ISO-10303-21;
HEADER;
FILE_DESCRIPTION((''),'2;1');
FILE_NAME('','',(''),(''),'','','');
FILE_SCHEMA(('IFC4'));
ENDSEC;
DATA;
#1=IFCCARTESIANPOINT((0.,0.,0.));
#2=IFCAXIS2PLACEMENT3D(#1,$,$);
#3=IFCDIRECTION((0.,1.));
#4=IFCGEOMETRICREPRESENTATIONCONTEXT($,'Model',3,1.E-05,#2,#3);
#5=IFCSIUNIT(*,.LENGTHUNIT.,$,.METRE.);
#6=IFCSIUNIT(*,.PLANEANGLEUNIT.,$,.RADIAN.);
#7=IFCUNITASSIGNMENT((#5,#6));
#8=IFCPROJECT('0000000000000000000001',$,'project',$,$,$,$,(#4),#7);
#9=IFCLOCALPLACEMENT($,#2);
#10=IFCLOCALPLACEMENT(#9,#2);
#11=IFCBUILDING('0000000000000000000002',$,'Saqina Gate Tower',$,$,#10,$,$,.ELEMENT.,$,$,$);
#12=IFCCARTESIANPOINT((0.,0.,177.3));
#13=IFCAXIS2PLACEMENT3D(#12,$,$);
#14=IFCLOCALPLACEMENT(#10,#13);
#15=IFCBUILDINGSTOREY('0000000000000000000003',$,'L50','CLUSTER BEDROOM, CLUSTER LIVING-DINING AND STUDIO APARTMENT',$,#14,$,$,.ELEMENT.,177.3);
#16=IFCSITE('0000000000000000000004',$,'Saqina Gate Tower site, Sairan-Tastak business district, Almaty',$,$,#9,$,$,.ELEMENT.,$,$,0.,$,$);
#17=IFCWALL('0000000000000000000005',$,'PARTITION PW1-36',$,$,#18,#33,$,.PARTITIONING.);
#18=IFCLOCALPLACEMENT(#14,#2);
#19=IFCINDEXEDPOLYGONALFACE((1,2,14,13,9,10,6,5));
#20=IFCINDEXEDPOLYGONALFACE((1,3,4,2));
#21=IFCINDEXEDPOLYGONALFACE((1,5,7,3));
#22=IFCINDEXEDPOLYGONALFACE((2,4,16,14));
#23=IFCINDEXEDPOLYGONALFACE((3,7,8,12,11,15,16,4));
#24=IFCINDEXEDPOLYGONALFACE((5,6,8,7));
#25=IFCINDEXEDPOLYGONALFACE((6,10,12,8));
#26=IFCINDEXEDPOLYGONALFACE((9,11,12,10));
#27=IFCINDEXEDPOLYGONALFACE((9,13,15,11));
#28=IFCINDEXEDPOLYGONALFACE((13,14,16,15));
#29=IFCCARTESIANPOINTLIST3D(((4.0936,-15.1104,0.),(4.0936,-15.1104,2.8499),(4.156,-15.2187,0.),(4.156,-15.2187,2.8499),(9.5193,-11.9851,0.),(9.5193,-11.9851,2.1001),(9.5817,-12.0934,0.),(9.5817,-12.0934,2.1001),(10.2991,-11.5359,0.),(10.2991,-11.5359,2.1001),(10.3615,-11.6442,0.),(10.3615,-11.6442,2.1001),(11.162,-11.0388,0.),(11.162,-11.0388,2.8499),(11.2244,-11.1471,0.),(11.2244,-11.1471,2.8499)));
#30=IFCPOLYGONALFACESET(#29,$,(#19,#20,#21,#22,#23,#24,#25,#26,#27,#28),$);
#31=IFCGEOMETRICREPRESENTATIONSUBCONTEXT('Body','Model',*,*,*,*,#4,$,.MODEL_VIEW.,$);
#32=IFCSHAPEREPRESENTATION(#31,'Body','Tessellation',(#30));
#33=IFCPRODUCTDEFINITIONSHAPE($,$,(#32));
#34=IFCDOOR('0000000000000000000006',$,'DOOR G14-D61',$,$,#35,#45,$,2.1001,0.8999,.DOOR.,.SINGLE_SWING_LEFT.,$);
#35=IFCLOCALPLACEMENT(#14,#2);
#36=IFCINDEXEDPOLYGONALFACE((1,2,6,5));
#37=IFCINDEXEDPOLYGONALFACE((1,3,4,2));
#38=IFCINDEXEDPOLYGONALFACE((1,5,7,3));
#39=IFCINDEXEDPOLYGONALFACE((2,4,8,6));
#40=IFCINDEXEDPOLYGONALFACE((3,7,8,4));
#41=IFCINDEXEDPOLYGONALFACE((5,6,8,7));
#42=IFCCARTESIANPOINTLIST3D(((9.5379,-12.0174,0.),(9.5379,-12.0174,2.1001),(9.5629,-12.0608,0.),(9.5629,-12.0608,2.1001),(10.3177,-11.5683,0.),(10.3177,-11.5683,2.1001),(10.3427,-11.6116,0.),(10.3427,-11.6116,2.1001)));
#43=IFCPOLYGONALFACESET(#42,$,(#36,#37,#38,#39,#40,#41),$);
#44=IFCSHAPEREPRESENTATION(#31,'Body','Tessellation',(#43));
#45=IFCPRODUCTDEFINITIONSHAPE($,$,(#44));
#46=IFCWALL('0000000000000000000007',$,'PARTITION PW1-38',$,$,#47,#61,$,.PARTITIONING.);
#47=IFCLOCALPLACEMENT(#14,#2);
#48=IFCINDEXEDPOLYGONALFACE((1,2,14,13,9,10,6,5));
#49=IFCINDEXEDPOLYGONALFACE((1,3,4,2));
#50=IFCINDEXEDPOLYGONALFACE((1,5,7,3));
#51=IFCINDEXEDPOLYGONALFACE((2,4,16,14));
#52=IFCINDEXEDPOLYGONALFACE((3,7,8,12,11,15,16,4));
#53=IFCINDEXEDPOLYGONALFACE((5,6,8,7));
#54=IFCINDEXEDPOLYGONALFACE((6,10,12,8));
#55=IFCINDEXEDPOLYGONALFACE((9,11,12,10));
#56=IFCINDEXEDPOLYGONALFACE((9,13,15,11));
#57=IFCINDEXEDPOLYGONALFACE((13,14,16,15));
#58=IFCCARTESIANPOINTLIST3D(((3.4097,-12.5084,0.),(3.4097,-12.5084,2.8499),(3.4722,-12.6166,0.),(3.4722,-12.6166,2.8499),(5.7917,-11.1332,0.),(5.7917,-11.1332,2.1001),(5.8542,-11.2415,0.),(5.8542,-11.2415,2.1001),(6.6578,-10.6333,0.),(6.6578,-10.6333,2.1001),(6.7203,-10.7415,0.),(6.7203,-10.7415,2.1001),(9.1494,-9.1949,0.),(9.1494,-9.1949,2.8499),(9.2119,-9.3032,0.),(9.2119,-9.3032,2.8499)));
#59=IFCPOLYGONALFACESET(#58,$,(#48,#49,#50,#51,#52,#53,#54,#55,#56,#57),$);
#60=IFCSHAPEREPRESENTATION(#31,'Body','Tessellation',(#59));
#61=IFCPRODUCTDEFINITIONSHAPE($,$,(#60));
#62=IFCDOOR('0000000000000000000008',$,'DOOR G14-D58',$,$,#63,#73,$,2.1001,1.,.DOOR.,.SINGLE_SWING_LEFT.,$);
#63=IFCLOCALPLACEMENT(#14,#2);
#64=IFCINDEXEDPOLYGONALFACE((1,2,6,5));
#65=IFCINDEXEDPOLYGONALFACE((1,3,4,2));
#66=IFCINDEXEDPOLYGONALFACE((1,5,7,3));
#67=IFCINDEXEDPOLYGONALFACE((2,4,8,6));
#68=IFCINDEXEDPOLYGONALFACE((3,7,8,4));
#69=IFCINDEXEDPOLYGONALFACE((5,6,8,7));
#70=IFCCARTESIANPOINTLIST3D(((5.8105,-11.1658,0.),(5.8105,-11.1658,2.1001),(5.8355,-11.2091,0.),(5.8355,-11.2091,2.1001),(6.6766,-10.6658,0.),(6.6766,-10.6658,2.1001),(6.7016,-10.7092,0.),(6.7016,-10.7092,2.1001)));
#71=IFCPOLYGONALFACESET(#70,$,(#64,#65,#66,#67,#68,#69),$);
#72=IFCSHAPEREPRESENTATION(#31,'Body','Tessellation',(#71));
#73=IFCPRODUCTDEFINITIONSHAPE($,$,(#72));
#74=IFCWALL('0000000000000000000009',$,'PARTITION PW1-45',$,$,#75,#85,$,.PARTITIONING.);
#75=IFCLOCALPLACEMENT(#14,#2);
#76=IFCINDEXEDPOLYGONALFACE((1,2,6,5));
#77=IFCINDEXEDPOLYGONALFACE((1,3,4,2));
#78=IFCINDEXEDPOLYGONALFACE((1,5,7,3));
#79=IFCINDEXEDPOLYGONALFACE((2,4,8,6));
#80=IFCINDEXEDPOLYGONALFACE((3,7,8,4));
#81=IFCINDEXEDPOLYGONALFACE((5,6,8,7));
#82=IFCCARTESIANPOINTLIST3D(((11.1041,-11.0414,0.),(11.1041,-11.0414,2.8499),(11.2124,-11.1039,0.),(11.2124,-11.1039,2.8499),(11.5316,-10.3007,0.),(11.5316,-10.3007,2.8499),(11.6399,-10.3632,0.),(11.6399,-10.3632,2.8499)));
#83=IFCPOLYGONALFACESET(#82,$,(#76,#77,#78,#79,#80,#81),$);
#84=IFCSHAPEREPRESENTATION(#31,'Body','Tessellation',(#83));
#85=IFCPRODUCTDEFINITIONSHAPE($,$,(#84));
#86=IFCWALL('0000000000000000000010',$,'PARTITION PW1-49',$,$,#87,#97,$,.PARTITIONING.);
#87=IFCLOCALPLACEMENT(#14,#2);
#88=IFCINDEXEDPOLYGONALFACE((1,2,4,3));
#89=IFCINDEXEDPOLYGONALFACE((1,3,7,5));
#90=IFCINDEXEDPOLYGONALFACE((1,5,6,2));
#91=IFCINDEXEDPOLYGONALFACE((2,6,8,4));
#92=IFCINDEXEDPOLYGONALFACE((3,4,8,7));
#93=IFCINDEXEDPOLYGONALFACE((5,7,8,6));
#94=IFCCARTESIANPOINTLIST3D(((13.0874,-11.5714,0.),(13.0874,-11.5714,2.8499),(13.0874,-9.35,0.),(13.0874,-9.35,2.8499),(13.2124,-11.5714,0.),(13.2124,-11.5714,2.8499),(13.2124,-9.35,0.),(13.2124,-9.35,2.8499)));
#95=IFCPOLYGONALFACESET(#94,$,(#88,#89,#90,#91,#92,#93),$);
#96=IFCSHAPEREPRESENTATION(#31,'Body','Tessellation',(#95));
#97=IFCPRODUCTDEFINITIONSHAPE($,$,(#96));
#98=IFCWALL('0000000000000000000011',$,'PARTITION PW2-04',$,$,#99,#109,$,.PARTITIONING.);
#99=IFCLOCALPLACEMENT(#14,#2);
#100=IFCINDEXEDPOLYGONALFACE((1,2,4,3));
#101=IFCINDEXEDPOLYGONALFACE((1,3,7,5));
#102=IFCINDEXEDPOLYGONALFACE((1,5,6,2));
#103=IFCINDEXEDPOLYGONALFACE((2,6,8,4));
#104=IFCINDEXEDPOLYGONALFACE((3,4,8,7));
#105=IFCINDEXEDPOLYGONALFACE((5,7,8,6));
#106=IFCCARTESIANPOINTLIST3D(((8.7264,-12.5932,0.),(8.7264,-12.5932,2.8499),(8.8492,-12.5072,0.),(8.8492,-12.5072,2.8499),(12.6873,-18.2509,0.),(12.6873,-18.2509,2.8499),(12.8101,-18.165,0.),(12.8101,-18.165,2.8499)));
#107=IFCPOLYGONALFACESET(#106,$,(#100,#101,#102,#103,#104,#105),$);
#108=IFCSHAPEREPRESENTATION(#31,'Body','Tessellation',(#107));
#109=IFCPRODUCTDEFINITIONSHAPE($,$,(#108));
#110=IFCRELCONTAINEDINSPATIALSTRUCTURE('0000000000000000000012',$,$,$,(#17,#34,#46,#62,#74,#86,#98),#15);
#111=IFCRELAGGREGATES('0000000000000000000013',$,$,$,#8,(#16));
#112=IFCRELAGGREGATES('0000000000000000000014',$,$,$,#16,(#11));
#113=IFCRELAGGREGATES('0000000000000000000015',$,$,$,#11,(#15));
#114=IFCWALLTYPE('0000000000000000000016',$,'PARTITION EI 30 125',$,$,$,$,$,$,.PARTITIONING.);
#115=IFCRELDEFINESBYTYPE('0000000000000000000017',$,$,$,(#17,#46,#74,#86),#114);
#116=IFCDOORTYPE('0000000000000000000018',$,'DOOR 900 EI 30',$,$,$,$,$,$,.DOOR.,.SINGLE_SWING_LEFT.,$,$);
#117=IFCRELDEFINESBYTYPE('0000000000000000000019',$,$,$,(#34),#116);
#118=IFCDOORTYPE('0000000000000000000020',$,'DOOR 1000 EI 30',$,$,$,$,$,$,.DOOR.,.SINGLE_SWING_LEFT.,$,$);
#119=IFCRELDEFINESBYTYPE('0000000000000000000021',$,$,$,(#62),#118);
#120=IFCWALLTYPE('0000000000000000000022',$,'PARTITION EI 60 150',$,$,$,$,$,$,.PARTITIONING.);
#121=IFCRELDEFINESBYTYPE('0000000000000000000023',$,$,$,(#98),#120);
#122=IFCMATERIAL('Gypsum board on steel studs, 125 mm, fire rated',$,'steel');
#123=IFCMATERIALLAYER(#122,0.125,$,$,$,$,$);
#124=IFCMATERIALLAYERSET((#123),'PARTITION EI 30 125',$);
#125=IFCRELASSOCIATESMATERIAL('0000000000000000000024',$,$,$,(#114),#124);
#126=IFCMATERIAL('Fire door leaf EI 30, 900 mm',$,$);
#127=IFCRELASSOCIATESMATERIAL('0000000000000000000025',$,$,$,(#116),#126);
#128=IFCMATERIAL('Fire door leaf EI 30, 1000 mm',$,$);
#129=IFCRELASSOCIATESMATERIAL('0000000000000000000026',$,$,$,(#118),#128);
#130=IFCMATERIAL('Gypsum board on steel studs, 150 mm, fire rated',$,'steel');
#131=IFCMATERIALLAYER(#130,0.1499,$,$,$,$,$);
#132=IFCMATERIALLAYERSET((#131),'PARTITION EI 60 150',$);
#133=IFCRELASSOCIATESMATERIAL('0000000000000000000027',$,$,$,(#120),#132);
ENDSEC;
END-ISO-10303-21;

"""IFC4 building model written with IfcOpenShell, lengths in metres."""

from ifc_helpers import new_model, si_unit, direction, frame, frame_2d, origin, place, context, subcontext, project, spatial, rectangle, extrude, material, layer, layer_set, type_object, element, fill, save


model = new_model("IFC4")

# Units and contexts
model_context = context("Model", 3, precision=1e-05, world=origin(), true_north=direction((0.0, 1.0)))
body_context = subcontext(model_context, "Body", "Model", "MODEL_VIEW")
ifc_project = project(units=[si_unit("LENGTHUNIT", "METRE"), si_unit("PLANEANGLEUNIT", "RADIAN")], contexts=[model_context])

# Site, building, storey
site_placement = place(None, origin())
site = spatial("IfcSite", under=ifc_project, at=site_placement, Name="Saqina Gate Tower site, Sairan-Tastak business district, Almaty", CompositionType="ELEMENT", RefElevation=0.0)
building_placement = place(site_placement, origin())
building = spatial("IfcBuilding", under=site, at=building_placement, Name="Saqina Gate Tower", CompositionType="ELEMENT")
storey_placement = place(building_placement, frame((0.0, 0.0, 177.3)))
storey = spatial("IfcBuildingStorey", under=building, at=storey_placement, Name="L50", Description="CLUSTER BEDROOM, CLUSTER LIVING-DINING AND STUDIO APARTMENT", CompositionType="ELEMENT", Elevation=177.3)

# Shared definitions
ifc_material_1 = material(Name="Gypsum board on steel studs, 125 mm, fire rated", Category="steel")
ifc_layer_1 = layer(ifc_material_1, 0.125)
ifc_layer_set_1 = layer_set([ifc_layer_1], Name="PARTITION EI 30 125")
wall_type_1 = type_object("IfcWallType", Name="PARTITION EI 30 125", PredefinedType="PARTITIONING", material=ifc_layer_set_1)

# Walls, openings, doors
wall_1_placement = place(storey_placement, frame((4.1248, -15.1646, 0.0), z_axis=(0.0, 0.0, 1.0), x_axis=(0.866523, 0.499137, 0.0)))
wall_1 = element("IfcWall", 1, at=wall_1_placement, inside=storey, type_object=wall_type_1, Name="PARTITION PW1-36", PredefinedType="PARTITIONING", context=body_context, shape_type="SweptSolid", body=[
    extrude(rectangle(XDim=8.1572, YDim=0.125, at=frame_2d((4.0786, 0.0))), origin(), (0.0, 0.0, 1.0), 2.8499),
])
opening_1_placement = place(wall_1_placement, frame((6.2615, 0.0, 0.0)))
opening_1 = element("IfcOpeningElement", 2, at=opening_1_placement, cuts=wall_1, PredefinedType="OPENING", context=body_context, shape_type="SweptSolid", body=[
    extrude(rectangle(XDim=0.8999, YDim=2.1001, at=frame_2d((0.45, 1.05))), frame((0.0, 0.0745, 0.0), z_axis=(0.0, -1.0, 0.0), x_axis=(1.0, 0.0, 0.0)), (0.0, 0.0, 1.0), 0.1489),
])
ifc_material_2 = material(Name="Fire door leaf EI 30, 900 mm")
door_type_1 = type_object("IfcDoorType", Name="DOOR 900 EI 30", OperationType="SINGLE_SWING_LEFT", PredefinedType="DOOR", material=ifc_material_2)
door_1_placement = place(opening_1_placement, frame((0.8999, 0.0, 0.0), z_axis=(0.0, 0.0, 1.0), x_axis=(-1.0, 0.0, 0.0)))
door_1 = element("IfcDoor", 3, at=door_1_placement, inside=storey, type_object=door_type_1, Name="DOOR G14-D61", OperationType="SINGLE_SWING_LEFT", OverallHeight=2.1001, OverallWidth=0.8999, PredefinedType="DOOR", context=body_context, shape_type="SweptSolid", body=[
    extrude(rectangle(XDim=0.8999, YDim=2.1001, at=frame_2d((0.45, 1.05))), frame((0.0, 0.0249, 0.0), z_axis=(0.0, -1.0, 0.0), x_axis=(1.0, 0.0, 0.0)), (0.0, 0.0, 1.0), 0.05),
])
fill(opening_1, door_1)
wall_2_placement = place(storey_placement, frame((3.4409, -12.5625, 0.0), z_axis=(0.0, 0.0, 1.0), x_axis=(0.866049, 0.499958, 0.0)))
wall_2 = element("IfcWall", 4, at=wall_2_placement, inside=storey, type_object=wall_type_1, Name="PARTITION PW1-38", PredefinedType="PARTITIONING", context=body_context, shape_type="SweptSolid", body=[
    extrude(rectangle(XDim=6.6274, YDim=0.125, at=frame_2d((3.3137, 0.0))), origin(), (0.0, 0.0, 1.0), 2.8499),
])
opening_2_placement = place(wall_2_placement, frame((2.7505, 0.0, 0.0)))
opening_2 = element("IfcOpeningElement", 5, at=opening_2_placement, cuts=wall_2, PredefinedType="OPENING", context=body_context, shape_type="SweptSolid", body=[
    extrude(rectangle(XDim=1.0, YDim=2.1001, at=frame_2d((0.5, 1.05))), frame((0.0, 0.0745, 0.0), z_axis=(0.0, -1.0, 0.0), x_axis=(1.0, 0.0, 0.0)), (0.0, 0.0, 1.0), 0.1489),
])
ifc_material_3 = material(Name="Fire door leaf EI 30, 1000 mm")
door_type_2 = type_object("IfcDoorType", Name="DOOR 1000 EI 30", OperationType="SINGLE_SWING_LEFT", PredefinedType="DOOR", material=ifc_material_3)
door_2_placement = place(opening_2_placement, origin())
door_2 = element("IfcDoor", 6, at=door_2_placement, inside=storey, type_object=door_type_2, Name="DOOR G14-D58", OperationType="SINGLE_SWING_LEFT", OverallHeight=2.1001, OverallWidth=1.0, PredefinedType="DOOR", context=body_context, shape_type="SweptSolid", body=[
    extrude(rectangle(XDim=1.0, YDim=2.1001, at=frame_2d((0.5, 1.05))), frame((0.0, 0.0249, 0.0), z_axis=(0.0, -1.0, 0.0), x_axis=(1.0, 0.0, 0.0)), (0.0, 0.0, 1.0), 0.05),
])
fill(opening_2, door_2)

# Walls
wall_3_placement = place(storey_placement, frame((11.1582, -11.0728, 0.0), z_axis=(0.0, 0.0, 1.0), x_axis=(0.499854, 0.86611, 0.0)))
element("IfcWall", 7, at=wall_3_placement, inside=storey, type_object=wall_type_1, Name="PARTITION PW1-45", PredefinedType="PARTITIONING", context=body_context, shape_type="SweptSolid", body=[
    extrude(rectangle(XDim=0.8552, YDim=0.125, at=frame_2d((0.4277, 0.0))), origin(), (0.0, 0.0, 1.0), 2.8499),
])
wall_4_placement = place(storey_placement, frame((13.1499, -11.5715, 0.0), z_axis=(0.0, 0.0, 1.0), x_axis=(0.0, 1.0, 0.0)))
element("IfcWall", 8, at=wall_4_placement, inside=storey, type_object=wall_type_1, Name="PARTITION PW1-49", PredefinedType="PARTITIONING", context=body_context, shape_type="SweptSolid", body=[
    extrude(rectangle(XDim=2.2214, YDim=0.125, at=frame_2d((1.1108, 0.0))), origin(), (0.0, 0.0, 1.0), 2.8499),
])
ifc_material_4 = material(Name="Gypsum board on steel studs, 150 mm, fire rated", Category="steel")
ifc_layer_2 = layer(ifc_material_4, 0.1499)
ifc_layer_set_2 = layer_set([ifc_layer_2], Name="PARTITION EI 60 150")
wall_type_2 = type_object("IfcWallType", Name="PARTITION EI 60 150", PredefinedType="PARTITIONING", material=ifc_layer_set_2)
wall_5_placement = place(storey_placement, frame((8.7878, -12.5503, 0.0), z_axis=(0.0, 0.0, 1.0), x_axis=(0.573515, -0.819195, 0.0)))
element("IfcWall", 9, at=wall_5_placement, inside=storey, type_object=wall_type_2, Name="PARTITION PW2-04", PredefinedType="PARTITIONING", context=body_context, shape_type="SweptSolid", body=[
    extrude(rectangle(XDim=6.9065, YDim=0.1499, at=frame_2d((3.4531, 0.0))), origin(), (0.0, 0.0, 1.0), 2.8499),
])

save(model, "model.ifc")
